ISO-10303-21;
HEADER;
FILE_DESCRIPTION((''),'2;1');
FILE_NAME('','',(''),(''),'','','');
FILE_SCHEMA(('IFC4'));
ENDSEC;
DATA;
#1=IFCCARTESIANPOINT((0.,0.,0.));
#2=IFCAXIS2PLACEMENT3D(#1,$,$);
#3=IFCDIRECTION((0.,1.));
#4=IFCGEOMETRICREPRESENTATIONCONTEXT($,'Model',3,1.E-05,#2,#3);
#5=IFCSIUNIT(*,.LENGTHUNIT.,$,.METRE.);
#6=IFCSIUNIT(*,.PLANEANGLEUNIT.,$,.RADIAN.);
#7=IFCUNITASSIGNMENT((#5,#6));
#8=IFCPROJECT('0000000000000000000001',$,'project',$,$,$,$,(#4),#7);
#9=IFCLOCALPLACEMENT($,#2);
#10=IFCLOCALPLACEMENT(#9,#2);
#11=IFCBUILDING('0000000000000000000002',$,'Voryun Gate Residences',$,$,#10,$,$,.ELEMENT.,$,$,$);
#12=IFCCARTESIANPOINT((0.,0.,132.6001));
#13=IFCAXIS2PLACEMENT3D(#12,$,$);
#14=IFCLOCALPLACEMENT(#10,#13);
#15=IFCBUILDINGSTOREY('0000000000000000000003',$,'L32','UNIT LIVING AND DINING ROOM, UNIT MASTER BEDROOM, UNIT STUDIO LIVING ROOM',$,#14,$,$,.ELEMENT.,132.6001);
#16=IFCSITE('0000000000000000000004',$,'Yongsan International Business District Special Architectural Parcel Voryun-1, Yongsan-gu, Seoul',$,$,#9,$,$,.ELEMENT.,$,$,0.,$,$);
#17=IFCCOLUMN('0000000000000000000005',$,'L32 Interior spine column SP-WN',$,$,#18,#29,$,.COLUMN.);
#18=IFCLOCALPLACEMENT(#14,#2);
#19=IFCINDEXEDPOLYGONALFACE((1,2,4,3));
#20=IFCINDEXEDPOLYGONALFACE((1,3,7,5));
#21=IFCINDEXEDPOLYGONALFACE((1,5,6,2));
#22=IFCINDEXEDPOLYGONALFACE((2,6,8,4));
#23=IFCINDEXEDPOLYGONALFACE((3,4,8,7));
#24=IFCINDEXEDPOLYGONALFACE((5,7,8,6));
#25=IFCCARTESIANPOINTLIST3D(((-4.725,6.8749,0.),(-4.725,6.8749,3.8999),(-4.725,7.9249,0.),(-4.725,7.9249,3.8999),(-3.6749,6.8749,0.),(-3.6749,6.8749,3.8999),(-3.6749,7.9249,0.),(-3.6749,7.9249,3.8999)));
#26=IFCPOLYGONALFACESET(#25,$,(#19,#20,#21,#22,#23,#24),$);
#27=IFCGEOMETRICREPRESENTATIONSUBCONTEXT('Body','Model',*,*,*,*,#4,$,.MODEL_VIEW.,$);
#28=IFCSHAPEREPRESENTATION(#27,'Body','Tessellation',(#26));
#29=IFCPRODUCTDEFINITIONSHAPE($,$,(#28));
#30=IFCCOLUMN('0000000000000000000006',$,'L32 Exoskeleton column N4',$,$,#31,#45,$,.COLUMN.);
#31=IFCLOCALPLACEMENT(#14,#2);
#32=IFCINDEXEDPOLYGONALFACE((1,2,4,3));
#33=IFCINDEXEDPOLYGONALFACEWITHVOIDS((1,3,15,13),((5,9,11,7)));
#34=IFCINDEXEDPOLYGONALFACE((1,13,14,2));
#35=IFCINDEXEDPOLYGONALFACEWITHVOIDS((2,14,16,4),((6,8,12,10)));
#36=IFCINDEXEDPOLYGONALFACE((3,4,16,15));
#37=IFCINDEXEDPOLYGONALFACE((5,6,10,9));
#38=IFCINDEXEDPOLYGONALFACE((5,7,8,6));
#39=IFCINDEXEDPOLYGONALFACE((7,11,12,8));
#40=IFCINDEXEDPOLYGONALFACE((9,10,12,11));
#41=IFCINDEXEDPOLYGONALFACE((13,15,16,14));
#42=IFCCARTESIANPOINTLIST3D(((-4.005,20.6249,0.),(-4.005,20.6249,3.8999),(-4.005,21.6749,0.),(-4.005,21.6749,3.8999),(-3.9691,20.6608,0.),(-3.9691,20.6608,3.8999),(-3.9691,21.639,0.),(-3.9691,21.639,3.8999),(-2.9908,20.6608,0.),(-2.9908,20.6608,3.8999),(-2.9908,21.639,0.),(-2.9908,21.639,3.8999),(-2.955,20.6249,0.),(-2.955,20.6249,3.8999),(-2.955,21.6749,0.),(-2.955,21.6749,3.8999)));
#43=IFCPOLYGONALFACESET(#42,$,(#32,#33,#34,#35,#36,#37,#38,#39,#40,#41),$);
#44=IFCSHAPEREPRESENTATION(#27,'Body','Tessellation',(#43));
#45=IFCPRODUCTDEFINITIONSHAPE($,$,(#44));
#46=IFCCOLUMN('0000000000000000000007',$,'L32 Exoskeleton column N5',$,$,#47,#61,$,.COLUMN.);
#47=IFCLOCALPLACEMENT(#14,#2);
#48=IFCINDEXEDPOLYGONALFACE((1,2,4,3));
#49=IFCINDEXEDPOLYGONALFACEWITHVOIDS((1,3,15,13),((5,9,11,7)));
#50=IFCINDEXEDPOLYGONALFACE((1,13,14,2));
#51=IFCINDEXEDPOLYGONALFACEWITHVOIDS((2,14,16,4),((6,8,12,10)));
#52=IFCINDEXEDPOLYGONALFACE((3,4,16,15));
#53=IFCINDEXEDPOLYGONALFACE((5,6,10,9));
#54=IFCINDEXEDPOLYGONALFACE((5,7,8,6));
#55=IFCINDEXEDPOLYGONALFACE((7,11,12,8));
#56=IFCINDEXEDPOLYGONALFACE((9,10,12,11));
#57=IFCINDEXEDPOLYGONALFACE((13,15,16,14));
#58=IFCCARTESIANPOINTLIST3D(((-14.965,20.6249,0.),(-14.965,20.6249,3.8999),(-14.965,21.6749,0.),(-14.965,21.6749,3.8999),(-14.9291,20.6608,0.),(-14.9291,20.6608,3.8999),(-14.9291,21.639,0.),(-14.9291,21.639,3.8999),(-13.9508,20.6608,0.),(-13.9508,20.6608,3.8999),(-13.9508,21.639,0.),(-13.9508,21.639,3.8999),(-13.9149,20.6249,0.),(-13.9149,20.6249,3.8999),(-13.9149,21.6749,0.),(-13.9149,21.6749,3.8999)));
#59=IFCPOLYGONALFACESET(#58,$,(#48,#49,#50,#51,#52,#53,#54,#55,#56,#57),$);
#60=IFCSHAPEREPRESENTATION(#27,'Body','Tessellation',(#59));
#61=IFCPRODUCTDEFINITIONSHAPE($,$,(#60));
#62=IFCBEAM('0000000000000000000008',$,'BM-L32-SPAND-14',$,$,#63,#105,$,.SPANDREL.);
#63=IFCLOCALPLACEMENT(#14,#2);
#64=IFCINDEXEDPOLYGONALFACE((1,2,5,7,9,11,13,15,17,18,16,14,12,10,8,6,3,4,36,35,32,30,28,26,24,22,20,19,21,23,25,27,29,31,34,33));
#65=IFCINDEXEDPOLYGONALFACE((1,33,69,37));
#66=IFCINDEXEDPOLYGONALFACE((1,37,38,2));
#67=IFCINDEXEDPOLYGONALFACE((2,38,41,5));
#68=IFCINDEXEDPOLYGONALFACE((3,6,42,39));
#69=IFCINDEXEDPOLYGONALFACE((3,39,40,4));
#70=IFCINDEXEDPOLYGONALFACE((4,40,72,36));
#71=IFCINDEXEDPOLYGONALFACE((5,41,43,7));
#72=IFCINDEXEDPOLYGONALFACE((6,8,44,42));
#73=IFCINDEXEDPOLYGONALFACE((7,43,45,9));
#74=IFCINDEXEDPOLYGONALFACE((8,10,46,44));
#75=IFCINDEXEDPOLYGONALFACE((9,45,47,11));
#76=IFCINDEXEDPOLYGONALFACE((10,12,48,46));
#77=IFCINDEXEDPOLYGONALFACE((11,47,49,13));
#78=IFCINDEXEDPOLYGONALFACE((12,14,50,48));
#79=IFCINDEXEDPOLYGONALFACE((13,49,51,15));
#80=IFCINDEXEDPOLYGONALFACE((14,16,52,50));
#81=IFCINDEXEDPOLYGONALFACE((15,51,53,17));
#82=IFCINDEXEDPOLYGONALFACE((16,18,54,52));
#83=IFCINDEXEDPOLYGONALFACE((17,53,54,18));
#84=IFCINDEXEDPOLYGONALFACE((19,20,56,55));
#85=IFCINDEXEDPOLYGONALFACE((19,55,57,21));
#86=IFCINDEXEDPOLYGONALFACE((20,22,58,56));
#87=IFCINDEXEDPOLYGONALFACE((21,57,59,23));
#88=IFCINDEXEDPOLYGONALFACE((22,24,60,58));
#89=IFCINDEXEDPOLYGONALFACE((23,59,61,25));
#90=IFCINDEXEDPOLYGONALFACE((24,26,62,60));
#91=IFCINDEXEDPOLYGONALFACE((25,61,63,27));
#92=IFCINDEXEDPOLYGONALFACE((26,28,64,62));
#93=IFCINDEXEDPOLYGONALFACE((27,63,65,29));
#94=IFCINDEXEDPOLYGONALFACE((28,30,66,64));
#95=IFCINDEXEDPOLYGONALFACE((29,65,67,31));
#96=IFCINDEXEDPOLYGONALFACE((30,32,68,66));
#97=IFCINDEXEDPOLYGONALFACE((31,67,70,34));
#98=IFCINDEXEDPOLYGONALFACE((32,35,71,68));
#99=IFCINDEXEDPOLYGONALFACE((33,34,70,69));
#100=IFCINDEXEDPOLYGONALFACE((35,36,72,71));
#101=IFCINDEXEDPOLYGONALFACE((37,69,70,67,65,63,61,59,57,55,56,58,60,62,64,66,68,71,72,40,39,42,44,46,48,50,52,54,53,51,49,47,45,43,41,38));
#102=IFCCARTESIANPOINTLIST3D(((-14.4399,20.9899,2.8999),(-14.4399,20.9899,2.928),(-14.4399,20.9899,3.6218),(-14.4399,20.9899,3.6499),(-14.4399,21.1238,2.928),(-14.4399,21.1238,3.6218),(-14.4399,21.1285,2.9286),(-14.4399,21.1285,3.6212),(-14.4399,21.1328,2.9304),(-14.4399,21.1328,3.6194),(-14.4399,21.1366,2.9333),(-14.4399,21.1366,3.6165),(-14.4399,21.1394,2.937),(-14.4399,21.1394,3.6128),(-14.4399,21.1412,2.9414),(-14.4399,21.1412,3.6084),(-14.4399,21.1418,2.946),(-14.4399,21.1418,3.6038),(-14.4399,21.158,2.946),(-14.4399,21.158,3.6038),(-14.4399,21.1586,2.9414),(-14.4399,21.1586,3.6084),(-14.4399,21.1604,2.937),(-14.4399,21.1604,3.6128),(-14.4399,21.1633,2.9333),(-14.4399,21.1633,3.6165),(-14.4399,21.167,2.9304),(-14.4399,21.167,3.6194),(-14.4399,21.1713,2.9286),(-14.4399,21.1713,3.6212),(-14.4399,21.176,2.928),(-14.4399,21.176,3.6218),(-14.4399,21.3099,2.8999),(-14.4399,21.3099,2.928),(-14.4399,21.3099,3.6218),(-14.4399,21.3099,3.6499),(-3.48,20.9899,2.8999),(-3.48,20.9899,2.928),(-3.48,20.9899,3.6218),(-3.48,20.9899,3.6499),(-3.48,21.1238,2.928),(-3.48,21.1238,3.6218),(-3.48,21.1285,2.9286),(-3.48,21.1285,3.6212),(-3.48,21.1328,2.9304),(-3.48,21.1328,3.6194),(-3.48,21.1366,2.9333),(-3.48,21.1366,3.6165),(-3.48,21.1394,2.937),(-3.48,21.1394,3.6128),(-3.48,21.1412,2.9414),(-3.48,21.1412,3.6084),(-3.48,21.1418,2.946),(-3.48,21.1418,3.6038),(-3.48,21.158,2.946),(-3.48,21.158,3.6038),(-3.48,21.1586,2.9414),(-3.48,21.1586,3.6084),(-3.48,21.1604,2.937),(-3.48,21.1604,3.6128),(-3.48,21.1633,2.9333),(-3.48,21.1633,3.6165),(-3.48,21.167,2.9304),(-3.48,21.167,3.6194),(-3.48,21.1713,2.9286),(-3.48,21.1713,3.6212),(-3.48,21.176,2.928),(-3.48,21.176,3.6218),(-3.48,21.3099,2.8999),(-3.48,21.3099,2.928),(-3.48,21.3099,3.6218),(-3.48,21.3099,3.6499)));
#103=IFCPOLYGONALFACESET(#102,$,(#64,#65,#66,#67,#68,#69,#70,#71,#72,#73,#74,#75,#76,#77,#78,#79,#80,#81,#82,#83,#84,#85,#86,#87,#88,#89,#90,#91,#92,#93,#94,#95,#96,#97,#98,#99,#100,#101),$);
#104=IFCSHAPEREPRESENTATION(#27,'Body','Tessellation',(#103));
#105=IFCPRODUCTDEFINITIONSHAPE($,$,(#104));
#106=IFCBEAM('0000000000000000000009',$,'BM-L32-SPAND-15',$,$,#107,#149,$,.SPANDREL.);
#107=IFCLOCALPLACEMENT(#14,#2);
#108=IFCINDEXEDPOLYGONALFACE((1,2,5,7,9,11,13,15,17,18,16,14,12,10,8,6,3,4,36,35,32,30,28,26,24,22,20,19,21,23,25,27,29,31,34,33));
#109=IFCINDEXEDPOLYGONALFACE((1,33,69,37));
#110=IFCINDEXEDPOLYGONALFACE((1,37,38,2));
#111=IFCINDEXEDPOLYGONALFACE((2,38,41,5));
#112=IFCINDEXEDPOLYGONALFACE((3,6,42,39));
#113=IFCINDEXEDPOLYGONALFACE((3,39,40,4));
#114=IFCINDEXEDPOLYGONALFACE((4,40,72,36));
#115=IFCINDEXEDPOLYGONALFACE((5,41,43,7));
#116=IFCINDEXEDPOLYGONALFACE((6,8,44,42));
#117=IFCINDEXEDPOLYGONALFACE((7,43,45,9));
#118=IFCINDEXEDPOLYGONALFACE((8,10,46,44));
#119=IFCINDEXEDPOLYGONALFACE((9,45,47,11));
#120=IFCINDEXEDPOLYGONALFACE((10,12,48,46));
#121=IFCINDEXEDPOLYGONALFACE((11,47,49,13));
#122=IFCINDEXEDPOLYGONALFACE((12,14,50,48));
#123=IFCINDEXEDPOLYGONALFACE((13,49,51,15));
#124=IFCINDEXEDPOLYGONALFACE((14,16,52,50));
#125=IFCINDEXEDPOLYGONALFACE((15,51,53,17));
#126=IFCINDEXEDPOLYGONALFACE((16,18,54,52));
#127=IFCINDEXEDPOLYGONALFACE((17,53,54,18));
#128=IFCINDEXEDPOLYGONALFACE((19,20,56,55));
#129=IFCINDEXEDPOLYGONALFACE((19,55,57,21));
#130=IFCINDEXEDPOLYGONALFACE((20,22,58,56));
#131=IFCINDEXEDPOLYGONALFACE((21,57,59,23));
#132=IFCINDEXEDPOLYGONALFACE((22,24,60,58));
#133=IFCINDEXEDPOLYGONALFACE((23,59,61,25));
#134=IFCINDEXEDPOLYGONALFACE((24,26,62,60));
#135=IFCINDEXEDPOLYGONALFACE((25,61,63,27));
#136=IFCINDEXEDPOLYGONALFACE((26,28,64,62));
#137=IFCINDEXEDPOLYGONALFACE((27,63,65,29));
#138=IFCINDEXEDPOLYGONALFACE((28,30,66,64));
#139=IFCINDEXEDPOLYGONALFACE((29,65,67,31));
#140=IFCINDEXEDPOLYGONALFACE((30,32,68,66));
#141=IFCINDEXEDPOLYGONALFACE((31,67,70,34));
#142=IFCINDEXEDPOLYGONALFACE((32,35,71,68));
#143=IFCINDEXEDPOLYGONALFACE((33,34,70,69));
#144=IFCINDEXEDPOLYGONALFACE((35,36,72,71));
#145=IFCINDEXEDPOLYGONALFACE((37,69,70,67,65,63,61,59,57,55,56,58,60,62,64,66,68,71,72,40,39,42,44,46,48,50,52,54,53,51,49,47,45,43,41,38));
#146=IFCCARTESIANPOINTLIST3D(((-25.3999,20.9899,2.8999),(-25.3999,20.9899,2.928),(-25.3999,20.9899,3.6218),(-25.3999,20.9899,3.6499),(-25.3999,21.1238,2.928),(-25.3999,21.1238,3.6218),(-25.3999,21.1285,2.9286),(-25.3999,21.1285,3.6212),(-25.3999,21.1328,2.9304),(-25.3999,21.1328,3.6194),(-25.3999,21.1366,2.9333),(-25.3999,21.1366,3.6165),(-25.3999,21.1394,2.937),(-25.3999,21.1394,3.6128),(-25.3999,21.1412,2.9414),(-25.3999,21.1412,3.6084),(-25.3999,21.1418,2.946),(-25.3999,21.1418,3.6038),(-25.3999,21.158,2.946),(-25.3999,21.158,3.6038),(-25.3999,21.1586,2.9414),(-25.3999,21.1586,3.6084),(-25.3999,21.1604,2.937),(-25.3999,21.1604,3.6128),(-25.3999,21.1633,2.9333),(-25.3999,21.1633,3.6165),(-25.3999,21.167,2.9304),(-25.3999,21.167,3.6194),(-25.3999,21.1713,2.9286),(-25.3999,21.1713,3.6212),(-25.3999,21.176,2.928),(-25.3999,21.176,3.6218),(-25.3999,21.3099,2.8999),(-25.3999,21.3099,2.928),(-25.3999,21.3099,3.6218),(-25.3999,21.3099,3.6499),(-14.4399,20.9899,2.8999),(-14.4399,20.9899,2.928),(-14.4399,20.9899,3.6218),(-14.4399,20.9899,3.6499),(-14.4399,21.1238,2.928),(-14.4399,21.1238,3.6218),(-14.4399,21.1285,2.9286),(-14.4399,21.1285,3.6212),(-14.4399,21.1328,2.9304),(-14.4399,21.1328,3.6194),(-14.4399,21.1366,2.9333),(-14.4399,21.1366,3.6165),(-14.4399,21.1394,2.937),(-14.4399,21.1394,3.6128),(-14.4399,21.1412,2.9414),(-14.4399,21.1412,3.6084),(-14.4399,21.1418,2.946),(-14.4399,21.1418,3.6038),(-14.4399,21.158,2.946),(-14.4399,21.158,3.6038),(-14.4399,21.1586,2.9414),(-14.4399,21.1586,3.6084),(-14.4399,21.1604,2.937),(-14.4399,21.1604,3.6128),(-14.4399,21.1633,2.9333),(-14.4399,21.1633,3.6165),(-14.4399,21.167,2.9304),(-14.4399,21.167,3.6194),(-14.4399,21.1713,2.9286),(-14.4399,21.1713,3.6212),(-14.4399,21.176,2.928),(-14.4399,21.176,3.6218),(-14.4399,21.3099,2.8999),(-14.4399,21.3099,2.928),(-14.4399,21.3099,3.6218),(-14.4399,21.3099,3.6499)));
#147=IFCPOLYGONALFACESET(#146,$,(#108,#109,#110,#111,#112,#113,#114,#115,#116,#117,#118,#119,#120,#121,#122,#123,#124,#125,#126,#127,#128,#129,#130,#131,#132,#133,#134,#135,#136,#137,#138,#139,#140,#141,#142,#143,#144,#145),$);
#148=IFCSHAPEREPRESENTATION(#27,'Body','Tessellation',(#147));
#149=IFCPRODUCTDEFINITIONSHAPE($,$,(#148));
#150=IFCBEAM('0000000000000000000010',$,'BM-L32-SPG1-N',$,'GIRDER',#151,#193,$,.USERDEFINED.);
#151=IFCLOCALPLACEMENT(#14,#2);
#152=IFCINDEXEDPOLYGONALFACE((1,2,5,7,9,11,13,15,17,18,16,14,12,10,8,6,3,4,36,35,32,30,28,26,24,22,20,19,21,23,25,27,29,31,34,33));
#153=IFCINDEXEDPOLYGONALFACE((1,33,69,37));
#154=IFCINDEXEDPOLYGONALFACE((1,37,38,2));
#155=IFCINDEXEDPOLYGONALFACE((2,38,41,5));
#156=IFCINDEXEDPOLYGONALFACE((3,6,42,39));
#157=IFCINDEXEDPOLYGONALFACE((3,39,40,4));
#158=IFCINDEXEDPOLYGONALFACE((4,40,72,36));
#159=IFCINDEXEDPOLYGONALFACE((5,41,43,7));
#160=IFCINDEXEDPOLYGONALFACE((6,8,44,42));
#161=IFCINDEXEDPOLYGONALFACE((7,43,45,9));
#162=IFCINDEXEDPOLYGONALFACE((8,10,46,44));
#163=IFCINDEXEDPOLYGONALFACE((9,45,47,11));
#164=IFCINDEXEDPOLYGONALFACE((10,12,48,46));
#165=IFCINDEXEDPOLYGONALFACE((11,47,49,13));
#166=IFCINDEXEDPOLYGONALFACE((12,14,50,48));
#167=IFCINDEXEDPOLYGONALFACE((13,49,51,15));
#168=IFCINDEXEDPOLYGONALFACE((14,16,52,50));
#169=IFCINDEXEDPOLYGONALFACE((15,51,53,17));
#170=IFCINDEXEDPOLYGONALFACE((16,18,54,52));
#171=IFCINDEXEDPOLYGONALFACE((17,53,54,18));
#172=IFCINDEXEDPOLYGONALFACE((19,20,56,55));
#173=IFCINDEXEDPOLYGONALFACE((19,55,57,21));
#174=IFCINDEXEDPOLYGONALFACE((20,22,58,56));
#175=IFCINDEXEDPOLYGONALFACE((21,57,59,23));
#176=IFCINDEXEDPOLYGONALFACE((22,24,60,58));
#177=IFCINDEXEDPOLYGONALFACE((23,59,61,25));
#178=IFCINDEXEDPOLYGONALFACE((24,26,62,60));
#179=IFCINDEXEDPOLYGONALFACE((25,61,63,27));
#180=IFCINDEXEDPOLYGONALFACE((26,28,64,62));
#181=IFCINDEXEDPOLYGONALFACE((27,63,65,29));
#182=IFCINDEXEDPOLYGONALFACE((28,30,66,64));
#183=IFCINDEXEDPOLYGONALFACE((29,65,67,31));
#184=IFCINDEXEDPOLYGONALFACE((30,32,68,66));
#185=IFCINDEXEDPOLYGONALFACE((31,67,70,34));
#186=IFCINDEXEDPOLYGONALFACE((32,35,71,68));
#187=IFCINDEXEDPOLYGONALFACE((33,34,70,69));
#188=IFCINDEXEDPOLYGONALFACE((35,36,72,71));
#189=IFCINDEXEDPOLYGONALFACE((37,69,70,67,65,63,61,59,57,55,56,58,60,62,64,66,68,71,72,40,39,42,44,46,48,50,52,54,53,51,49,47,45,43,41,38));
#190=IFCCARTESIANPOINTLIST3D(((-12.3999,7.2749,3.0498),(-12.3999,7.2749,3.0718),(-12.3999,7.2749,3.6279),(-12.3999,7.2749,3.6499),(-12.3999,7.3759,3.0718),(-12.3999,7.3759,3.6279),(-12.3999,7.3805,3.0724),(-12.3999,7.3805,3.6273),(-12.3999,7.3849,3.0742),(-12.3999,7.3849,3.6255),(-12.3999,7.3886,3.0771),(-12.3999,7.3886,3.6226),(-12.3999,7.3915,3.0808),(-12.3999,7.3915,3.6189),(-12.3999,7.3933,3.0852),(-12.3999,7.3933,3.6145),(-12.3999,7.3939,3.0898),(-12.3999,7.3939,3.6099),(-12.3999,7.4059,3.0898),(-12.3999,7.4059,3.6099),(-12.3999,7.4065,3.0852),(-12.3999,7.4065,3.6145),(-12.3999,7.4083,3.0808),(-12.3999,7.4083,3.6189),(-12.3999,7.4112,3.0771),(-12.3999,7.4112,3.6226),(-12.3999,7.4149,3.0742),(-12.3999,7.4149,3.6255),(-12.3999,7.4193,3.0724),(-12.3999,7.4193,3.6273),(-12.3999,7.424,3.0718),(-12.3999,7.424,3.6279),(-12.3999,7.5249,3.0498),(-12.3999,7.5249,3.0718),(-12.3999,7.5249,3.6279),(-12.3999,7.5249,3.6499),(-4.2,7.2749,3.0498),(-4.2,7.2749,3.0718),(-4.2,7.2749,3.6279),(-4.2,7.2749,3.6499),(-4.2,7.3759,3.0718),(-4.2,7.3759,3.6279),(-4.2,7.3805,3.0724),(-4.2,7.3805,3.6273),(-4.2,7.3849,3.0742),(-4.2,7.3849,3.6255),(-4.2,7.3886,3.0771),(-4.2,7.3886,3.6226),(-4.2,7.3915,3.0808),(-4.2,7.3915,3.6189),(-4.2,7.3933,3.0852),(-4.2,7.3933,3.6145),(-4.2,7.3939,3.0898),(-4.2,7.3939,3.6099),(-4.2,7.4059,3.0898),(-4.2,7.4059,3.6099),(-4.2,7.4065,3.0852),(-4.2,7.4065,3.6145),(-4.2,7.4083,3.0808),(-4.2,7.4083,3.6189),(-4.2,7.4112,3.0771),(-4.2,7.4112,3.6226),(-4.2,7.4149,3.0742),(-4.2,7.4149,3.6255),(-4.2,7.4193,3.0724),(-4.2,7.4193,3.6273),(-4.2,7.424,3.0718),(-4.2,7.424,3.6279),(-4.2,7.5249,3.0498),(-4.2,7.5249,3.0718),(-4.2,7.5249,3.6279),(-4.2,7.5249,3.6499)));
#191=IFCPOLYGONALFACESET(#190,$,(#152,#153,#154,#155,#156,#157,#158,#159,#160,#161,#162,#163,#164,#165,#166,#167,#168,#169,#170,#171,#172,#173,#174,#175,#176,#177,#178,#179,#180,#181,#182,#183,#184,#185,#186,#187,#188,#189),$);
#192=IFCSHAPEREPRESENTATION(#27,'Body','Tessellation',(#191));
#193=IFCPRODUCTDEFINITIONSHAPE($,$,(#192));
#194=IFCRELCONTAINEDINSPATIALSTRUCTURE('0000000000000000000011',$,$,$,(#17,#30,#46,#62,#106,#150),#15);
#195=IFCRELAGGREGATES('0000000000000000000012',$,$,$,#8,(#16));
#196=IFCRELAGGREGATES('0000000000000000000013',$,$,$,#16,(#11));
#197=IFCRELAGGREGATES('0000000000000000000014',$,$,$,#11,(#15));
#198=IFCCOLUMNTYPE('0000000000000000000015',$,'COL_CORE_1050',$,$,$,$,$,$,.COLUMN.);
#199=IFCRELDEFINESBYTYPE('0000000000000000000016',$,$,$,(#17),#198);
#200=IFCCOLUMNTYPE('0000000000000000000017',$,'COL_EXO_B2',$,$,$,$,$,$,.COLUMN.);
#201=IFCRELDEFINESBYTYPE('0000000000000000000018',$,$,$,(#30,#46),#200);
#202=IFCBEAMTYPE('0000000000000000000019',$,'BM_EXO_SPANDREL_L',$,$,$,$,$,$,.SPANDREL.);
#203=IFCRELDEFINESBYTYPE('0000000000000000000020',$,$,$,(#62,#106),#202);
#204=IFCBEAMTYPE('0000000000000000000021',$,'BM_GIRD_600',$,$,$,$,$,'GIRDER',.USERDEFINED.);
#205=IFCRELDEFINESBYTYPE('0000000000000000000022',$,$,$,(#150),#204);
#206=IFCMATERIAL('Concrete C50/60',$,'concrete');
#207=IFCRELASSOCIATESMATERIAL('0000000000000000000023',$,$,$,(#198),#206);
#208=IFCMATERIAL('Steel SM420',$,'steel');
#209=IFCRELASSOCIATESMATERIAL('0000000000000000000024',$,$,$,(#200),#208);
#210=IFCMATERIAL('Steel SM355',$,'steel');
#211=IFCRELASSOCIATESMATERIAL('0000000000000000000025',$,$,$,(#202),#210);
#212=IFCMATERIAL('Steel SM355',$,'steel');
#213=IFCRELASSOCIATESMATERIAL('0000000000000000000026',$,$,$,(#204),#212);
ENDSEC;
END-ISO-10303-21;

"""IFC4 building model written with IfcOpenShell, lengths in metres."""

from ifc_helpers import new_model, si_unit, direction, frame, origin, origin_2d, place, context, subcontext, project, spatial, rectangle, hollow_rectangle, i_section, extrude, material, material_profile, profile_set, type_object, element, save


model = new_model("IFC4")

# Units and contexts
model_context = context("Model", 3, precision=1e-05, world=origin(), true_north=direction((0.0, 1.0)))
body_context = subcontext(model_context, "Body", "Model", "MODEL_VIEW")
ifc_project = project(units=[si_unit("LENGTHUNIT", "METRE"), si_unit("PLANEANGLEUNIT", "RADIAN")], contexts=[model_context])

# Site, building, storey
site_placement = place(None, origin())
site = spatial("IfcSite", under=ifc_project, at=site_placement, Name="Yongsan International Business District Special Architectural Parcel Voryun-1, Yongsan-gu, Seoul", CompositionType="ELEMENT", RefElevation=0.0)
building_placement = place(site_placement, origin())
building = spatial("IfcBuilding", under=site, at=building_placement, Name="Voryun Gate Residences", CompositionType="ELEMENT")
storey_placement = place(building_placement, frame((0.0, 0.0, 132.6001)))
storey = spatial("IfcBuildingStorey", under=building, at=storey_placement, Name="L32", Description="UNIT LIVING AND DINING ROOM, UNIT MASTER BEDROOM, UNIT STUDIO LIVING ROOM", CompositionType="ELEMENT", Elevation=132.6001)

# Columns
ifc_material_1 = material(Name="Concrete C50/60", Category="concrete")
ifc_material_profile_1 = material_profile(ifc_material_1, rectangle(XDim=1.05, YDim=1.05, at=origin_2d()), Name="RC-1050x1050")
ifc_profile_set_1 = profile_set([ifc_material_profile_1], Name="Concrete C50/60")
column_type_1 = type_object("IfcColumnType", Name="COL_CORE_1050", PredefinedType="COLUMN", material=ifc_profile_set_1)
column_placement = place(storey_placement, frame((-4.2, 7.3999, 0.0), z_axis=(0.0, 0.0, 1.0), x_axis=(1.0, 0.0, 0.0)))
element("IfcColumn", 1, at=column_placement, inside=storey, type_object=column_type_1, Name="L32 Interior spine column SP-WN", PredefinedType="COLUMN", context=body_context, shape_type="SweptSolid", body=[
    extrude(rectangle(XDim=1.05, YDim=1.05, at=origin_2d()), origin(), (0.0, 0.0, 1.0), 3.8999),
])
ifc_material_2 = material(Name="Steel SM420", Category="steel")
ifc_material_profile_2 = material_profile(ifc_material_2, hollow_rectangle(XDim=1.05, YDim=1.05, WallThickness=0.0359, at=origin_2d()), Name="BOX-1050x1050x36")
ifc_profile_set_2 = profile_set([ifc_material_profile_2], Name="Steel SM420")
column_type_2 = type_object("IfcColumnType", Name="COL_EXO_B2", PredefinedType="COLUMN", material=ifc_profile_set_2)
for number, where, z_axis, x_axis, name in (
    (2, (-3.48, 21.1499, 0.0), (0.0, 0.0, 1.0), (1.0, 0.0, 0.0), "L32 Exoskeleton column N4"),
    (3, (-14.4399, 21.1499, 0.0), (0.0, 0.0, 1.0), (1.0, 0.0, 0.0), "L32 Exoskeleton column N5"),
):
    element("IfcColumn", number, at=place(storey_placement, frame(where, z_axis=z_axis, x_axis=x_axis)), inside=storey, type_object=column_type_2, Name=name, PredefinedType="COLUMN", context=body_context, shape_type="SweptSolid", body=[
        extrude(hollow_rectangle(XDim=1.05, YDim=1.05, WallThickness=0.0359, at=origin_2d()), origin(), (0.0, 0.0, 1.0), 3.8999),
    ])

# Beams
ifc_material_3 = material(Name="Steel SM355", Category="steel")
ifc_material_profile_3 = material_profile(ifc_material_3, i_section(OverallWidth=0.3201, OverallDepth=0.75, WebThickness=0.0161, FlangeThickness=0.0281, FilletRadius=0.0181, at=origin_2d()), Name="H-750x320x16x28")
ifc_profile_set_3 = profile_set([ifc_material_profile_3], Name="Steel SM355")
beam_type_1 = type_object("IfcBeamType", Name="BM_EXO_SPANDREL_L", PredefinedType="SPANDREL", material=ifc_profile_set_3)
for number, where, z_axis, x_axis, name in (
    (4, (-3.48, 21.1499, 3.2749), (-1.0, 0.0, 0.0), (0.0, -1.0, 0.0), "BM-L32-SPAND-14"),
    (5, (-14.4399, 21.1499, 3.2749), (-1.0, 0.0, 0.0), (0.0, -1.0, 0.0), "BM-L32-SPAND-15"),
):
    element("IfcBeam", number, at=place(storey_placement, frame(where, z_axis=z_axis, x_axis=x_axis)), inside=storey, type_object=beam_type_1, Name=name, PredefinedType="SPANDREL", context=body_context, shape_type="SweptSolid", body=[
        extrude(i_section(OverallWidth=0.3201, OverallDepth=0.75, WebThickness=0.0161, FlangeThickness=0.0281, FilletRadius=0.0181, at=origin_2d()), origin(), (0.0, 0.0, 1.0), 10.96),
    ])
ifc_material_4 = material(Name="Steel SM355", Category="steel")
ifc_material_profile_4 = material_profile(ifc_material_4, i_section(OverallWidth=0.25, OverallDepth=0.6001, WebThickness=0.012, FlangeThickness=0.022, FilletRadius=0.0181, at=origin_2d()), Name="H-600x250x12x22")
ifc_profile_set_4 = profile_set([ifc_material_profile_4], Name="Steel SM355")
beam_type_2 = type_object("IfcBeamType", Name="BM_GIRD_600", ElementType="GIRDER", PredefinedType="USERDEFINED", material=ifc_profile_set_4)
beam_1_placement = place(storey_placement, frame((-12.3999, 7.3999, 3.3499), z_axis=(1.0, 0.0, 0.0), x_axis=(0.0, 1.0, 0.0)))
element("IfcBeam", 6, at=beam_1_placement, inside=storey, type_object=beam_type_2, Name="BM-L32-SPG1-N", ObjectType="GIRDER", PredefinedType="USERDEFINED", context=body_context, shape_type="SweptSolid", body=[
    extrude(i_section(OverallWidth=0.25, OverallDepth=0.6001, WebThickness=0.012, FlangeThickness=0.022, FilletRadius=0.0181, at=origin_2d()), origin(), (0.0, 0.0, 1.0), 8.2),
])

save(model, "model.ifc")
